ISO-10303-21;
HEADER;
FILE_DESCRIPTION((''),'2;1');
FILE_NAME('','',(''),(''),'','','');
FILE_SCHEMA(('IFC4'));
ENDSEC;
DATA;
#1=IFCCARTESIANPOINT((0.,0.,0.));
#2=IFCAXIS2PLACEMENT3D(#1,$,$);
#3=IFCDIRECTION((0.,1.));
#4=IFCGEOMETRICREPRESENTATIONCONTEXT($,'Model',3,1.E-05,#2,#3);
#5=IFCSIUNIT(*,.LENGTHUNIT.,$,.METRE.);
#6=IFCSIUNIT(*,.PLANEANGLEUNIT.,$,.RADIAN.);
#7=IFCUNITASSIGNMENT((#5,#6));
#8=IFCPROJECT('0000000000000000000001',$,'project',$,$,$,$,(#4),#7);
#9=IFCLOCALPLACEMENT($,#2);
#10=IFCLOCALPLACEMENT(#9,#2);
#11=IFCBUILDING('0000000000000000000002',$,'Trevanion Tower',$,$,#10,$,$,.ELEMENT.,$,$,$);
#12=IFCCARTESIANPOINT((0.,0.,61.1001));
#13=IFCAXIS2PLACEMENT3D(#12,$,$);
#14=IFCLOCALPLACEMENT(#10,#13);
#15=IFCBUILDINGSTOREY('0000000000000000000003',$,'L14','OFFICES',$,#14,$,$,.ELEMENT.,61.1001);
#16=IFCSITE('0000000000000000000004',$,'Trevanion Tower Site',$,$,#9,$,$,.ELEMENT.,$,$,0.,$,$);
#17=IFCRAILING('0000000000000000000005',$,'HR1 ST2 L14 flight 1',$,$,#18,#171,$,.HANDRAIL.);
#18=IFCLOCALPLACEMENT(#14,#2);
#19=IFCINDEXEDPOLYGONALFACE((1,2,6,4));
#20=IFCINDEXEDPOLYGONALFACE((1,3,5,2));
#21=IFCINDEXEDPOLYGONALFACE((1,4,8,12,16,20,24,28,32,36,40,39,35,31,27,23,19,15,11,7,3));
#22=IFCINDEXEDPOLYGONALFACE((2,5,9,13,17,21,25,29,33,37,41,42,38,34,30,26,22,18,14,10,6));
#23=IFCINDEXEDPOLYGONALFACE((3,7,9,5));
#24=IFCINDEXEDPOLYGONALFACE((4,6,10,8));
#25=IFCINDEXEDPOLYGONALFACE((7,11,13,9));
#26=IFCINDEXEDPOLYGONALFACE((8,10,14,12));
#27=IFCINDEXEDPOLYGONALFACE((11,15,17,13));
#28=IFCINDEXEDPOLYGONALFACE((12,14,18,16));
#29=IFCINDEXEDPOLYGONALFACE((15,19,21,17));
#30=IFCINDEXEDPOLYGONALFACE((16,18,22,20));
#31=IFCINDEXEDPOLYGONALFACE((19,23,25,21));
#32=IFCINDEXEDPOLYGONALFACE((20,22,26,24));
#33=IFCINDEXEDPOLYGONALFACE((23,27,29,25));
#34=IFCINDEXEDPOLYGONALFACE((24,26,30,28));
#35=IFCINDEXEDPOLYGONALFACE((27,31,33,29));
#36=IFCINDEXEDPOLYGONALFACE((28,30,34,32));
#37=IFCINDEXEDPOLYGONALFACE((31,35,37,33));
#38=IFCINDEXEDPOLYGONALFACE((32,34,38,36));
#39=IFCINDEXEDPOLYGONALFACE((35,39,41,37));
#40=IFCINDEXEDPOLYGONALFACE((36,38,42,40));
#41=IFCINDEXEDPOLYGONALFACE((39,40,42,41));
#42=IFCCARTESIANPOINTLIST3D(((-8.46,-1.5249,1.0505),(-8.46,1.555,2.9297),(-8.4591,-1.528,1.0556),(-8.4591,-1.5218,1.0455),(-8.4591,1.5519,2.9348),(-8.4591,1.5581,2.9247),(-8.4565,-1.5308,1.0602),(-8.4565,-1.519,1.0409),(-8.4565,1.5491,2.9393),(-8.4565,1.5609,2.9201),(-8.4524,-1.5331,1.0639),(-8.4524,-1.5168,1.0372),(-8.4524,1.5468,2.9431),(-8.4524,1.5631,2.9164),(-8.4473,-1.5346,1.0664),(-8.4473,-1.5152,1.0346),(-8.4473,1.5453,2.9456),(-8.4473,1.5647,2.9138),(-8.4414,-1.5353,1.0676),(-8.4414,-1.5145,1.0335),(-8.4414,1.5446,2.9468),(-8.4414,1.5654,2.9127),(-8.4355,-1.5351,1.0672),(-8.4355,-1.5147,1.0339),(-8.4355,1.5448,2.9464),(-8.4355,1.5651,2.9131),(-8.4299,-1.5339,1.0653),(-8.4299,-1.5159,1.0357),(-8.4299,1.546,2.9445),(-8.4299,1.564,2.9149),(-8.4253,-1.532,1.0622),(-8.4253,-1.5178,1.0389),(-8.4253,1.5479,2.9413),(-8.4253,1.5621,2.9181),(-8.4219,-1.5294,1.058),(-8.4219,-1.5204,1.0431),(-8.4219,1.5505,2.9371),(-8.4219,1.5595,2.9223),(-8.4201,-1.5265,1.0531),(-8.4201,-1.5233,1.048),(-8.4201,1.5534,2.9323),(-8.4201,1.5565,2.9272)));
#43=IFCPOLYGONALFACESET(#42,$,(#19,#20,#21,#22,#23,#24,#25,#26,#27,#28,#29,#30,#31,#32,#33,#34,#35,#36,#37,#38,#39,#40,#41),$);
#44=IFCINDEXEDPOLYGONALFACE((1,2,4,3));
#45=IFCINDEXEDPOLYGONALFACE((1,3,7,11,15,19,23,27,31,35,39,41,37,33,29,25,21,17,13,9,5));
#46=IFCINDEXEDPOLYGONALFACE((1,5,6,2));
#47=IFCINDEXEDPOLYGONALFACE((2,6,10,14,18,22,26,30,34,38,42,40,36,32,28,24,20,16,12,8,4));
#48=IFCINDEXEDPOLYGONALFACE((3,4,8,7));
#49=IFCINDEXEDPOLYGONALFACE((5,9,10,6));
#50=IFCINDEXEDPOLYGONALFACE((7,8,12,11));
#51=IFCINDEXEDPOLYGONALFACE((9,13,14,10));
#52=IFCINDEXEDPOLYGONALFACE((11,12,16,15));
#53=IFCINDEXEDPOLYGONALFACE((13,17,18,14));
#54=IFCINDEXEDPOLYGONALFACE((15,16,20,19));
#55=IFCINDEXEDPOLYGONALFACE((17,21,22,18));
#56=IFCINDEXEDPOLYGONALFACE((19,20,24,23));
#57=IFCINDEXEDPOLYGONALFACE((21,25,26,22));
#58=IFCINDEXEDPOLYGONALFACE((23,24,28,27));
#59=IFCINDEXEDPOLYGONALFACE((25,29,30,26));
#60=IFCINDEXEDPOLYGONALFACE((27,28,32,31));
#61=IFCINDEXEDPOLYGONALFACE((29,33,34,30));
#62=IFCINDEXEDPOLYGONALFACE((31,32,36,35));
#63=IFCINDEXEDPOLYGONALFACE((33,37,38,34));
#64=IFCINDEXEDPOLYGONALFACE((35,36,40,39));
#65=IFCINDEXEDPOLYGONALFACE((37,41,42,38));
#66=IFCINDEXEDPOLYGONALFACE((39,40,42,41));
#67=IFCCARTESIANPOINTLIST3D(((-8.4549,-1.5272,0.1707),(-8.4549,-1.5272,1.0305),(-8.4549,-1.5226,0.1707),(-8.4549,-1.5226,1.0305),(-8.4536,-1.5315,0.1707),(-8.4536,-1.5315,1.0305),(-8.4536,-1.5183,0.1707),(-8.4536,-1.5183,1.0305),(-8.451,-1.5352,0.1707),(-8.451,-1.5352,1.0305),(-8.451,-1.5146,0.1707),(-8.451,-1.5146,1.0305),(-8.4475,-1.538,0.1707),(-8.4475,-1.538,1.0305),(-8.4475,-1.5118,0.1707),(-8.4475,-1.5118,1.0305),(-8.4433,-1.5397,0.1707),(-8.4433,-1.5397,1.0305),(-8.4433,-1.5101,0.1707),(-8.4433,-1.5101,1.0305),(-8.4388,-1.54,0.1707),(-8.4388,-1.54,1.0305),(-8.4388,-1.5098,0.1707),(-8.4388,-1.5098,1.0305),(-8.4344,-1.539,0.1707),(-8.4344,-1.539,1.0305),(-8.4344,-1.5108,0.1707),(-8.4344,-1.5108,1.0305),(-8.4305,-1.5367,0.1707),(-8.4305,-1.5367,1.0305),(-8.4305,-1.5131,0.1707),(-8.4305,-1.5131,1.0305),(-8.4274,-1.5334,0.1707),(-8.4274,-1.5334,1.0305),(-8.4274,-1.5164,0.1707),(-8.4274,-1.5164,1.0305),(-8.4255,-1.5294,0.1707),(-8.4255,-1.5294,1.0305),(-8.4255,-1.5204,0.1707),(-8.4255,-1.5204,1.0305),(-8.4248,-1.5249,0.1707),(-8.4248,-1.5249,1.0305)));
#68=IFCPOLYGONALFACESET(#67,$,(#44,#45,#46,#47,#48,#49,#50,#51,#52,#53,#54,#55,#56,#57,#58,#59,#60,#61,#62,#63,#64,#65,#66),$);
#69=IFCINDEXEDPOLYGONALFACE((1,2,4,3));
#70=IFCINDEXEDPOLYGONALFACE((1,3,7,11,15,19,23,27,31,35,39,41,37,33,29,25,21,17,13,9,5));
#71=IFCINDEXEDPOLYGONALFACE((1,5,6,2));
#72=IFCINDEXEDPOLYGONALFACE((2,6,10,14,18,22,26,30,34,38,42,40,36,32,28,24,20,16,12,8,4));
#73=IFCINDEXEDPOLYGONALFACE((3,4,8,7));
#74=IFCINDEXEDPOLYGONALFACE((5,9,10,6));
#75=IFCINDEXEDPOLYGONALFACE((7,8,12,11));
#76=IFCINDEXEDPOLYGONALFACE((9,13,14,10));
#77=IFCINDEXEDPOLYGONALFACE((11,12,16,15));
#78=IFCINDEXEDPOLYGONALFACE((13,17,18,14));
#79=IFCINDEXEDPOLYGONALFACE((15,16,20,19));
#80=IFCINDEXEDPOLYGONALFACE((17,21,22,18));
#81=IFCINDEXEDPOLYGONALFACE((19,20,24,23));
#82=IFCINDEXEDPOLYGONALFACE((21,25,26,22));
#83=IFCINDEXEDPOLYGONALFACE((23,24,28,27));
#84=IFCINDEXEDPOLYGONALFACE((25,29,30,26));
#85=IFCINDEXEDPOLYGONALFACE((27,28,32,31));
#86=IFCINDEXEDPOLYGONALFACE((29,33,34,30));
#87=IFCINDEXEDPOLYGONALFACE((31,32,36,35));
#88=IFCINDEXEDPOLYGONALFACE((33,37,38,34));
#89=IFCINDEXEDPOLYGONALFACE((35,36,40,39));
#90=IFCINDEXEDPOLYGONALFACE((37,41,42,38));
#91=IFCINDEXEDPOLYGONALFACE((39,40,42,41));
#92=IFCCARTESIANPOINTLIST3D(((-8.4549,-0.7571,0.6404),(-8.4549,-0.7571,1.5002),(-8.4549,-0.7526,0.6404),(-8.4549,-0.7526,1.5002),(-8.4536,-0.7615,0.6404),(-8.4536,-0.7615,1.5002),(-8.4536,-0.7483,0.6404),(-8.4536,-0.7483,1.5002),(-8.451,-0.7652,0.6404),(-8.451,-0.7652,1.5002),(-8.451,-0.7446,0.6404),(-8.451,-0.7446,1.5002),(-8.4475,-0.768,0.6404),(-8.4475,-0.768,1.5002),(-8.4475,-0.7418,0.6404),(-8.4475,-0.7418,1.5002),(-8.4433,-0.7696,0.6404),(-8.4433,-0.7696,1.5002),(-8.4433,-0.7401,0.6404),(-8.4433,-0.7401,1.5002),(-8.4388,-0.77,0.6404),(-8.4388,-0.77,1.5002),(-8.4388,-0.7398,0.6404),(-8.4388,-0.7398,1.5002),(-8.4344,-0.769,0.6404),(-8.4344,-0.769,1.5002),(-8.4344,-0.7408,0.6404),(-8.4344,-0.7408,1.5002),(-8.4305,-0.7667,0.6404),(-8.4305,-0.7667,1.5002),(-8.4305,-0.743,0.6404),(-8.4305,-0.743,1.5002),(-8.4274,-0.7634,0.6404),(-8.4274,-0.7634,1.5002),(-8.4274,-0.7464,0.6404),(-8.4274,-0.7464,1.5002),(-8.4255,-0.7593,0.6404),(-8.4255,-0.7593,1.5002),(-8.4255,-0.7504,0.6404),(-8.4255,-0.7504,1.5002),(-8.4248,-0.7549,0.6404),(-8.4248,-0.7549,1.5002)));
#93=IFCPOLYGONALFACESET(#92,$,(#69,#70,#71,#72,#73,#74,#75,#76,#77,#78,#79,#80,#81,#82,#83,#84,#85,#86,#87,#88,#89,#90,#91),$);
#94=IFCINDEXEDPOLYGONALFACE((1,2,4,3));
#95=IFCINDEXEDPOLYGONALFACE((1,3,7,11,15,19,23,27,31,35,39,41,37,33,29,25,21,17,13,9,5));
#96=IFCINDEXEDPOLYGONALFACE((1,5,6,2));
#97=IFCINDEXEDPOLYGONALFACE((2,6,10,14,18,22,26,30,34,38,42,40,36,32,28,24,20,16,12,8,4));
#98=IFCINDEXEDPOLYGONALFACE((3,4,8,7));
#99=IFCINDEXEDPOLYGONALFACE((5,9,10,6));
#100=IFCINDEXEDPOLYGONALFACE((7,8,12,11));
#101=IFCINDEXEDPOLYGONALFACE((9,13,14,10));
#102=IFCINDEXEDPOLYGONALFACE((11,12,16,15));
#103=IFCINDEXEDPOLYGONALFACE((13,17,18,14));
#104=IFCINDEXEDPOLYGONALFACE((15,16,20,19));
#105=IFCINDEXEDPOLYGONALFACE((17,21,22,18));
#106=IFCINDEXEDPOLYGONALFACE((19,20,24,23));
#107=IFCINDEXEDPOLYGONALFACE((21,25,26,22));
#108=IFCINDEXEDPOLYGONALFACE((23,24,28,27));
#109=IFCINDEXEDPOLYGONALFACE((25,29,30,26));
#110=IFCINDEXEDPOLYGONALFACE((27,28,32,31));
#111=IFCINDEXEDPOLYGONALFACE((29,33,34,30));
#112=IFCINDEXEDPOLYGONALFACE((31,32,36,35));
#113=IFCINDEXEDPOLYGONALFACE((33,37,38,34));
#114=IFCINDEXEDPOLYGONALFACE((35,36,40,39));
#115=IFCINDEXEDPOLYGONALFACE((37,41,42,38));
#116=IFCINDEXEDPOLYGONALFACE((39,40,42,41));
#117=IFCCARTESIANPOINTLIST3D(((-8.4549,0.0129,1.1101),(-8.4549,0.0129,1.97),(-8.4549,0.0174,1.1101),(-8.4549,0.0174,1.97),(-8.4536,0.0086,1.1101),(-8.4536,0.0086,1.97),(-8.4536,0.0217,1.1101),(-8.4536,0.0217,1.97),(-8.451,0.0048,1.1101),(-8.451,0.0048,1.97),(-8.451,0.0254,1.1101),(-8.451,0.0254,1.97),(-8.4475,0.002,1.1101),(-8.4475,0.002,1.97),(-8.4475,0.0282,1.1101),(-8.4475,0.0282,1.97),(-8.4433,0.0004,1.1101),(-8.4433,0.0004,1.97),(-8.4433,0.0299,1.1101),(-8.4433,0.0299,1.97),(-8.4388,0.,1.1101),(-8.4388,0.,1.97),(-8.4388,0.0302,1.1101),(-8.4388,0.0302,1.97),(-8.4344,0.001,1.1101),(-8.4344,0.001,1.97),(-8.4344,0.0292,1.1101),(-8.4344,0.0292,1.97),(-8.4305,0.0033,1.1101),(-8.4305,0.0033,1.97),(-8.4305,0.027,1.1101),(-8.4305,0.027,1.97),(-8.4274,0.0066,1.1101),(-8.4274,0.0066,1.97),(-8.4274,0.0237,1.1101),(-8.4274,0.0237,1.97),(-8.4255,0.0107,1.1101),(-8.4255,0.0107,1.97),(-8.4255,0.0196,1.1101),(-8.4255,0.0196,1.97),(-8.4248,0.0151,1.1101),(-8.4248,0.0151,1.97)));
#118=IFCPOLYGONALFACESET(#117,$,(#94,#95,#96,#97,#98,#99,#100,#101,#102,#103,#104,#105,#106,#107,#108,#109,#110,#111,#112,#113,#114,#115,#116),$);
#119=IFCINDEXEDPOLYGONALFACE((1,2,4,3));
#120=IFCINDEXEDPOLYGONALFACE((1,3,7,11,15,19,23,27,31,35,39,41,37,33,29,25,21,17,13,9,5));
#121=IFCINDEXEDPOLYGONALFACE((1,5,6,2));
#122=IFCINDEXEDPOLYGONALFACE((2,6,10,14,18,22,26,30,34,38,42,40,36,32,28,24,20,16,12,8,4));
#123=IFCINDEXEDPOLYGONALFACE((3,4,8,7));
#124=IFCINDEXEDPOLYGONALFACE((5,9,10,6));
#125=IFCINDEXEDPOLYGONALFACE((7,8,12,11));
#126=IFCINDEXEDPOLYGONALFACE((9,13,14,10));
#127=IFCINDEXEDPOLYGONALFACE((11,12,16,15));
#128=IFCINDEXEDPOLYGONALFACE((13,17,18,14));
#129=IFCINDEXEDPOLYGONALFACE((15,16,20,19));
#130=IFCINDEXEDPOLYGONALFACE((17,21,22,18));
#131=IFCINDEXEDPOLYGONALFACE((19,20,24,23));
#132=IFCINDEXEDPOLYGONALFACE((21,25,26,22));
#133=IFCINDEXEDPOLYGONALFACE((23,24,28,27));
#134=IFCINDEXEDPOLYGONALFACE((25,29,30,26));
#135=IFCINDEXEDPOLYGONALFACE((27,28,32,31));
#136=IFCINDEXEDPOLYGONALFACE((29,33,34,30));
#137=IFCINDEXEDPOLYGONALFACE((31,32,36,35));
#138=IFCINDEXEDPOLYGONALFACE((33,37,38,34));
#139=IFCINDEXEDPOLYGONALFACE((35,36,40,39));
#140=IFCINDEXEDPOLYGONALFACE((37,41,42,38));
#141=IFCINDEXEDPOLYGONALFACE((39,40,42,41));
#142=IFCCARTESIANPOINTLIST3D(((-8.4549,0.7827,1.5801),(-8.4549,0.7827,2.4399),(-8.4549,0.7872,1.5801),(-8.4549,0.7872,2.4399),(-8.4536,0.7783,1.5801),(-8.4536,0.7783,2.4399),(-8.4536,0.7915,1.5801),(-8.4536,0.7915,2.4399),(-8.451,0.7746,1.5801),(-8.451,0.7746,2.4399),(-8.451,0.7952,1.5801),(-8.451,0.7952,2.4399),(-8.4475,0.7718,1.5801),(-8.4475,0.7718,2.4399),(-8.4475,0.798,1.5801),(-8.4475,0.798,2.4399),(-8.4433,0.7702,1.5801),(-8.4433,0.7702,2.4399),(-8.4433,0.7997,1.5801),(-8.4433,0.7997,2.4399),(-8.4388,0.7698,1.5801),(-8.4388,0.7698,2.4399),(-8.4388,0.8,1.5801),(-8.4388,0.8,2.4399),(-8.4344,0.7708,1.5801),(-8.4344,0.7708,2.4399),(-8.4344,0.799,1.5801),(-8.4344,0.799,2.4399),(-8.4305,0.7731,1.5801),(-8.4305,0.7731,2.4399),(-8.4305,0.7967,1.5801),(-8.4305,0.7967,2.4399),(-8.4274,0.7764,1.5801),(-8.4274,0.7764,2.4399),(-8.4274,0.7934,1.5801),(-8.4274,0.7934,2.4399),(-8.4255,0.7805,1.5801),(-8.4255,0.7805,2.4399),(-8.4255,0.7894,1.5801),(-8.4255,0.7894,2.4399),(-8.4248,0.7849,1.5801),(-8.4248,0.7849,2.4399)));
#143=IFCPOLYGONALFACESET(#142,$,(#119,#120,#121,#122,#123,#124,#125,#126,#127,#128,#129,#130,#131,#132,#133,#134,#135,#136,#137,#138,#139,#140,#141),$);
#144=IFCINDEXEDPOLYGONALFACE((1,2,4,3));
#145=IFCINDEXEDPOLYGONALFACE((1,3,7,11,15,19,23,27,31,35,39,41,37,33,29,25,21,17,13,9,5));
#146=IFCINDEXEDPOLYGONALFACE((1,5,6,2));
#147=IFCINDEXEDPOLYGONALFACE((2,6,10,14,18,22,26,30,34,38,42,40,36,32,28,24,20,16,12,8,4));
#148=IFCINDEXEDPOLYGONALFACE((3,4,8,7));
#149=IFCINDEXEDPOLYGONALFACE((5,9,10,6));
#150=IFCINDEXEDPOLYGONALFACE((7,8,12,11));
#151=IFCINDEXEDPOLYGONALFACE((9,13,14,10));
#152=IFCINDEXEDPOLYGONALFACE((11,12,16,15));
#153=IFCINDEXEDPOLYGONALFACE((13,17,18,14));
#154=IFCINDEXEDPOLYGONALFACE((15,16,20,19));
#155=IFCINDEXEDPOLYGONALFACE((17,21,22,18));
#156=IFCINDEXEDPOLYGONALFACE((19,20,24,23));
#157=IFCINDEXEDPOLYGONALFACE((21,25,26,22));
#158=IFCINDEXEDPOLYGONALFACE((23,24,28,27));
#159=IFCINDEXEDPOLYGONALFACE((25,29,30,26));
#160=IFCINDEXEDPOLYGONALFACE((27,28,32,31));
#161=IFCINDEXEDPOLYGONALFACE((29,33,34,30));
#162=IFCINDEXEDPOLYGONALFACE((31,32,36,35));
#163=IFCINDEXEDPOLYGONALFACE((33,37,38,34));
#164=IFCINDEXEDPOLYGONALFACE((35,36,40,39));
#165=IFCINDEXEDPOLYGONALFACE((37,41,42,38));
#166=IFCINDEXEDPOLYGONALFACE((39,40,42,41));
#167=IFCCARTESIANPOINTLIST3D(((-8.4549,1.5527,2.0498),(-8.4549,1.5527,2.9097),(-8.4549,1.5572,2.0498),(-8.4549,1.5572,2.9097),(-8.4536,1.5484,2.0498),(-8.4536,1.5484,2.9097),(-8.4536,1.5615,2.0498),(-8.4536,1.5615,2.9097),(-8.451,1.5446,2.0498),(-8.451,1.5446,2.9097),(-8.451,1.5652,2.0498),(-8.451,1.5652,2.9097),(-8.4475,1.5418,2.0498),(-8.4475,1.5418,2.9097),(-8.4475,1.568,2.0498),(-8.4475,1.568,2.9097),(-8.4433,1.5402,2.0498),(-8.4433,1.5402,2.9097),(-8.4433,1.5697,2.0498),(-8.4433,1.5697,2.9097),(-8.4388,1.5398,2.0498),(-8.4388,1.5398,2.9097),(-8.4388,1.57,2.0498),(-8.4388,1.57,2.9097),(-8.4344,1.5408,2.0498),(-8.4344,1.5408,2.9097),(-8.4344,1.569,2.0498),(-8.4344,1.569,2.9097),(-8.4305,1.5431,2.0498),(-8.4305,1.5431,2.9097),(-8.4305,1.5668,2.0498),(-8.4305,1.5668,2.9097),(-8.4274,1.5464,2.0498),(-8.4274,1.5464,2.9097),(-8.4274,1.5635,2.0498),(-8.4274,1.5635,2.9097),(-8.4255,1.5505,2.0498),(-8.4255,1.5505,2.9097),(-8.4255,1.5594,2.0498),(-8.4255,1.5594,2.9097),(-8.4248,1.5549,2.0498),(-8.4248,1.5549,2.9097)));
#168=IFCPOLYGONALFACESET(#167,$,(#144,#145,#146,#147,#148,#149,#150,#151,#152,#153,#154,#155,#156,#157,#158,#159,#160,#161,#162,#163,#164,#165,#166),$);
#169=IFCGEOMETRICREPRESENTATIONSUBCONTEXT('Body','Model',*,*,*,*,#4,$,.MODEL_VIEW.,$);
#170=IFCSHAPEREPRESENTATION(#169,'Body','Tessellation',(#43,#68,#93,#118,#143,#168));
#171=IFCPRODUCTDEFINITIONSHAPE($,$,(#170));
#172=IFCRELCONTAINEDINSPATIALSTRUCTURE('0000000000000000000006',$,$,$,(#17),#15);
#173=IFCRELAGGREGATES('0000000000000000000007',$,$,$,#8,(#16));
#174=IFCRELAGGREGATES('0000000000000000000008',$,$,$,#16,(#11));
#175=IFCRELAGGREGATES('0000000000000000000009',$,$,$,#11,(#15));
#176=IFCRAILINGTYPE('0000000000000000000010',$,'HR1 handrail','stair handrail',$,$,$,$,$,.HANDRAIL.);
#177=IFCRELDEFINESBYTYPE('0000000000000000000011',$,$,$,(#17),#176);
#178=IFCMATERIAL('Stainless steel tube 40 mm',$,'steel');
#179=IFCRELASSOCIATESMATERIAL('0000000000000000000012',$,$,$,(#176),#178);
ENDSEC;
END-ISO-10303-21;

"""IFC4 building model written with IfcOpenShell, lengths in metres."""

from ifc_helpers import new_model, si_unit, direction, frame, origin, origin_2d, place, context, subcontext, project, spatial, circle, extrude, material, type_object, element, save


model = new_model("IFC4")

# Units and contexts
model_context = context("Model", 3, precision=1e-05, world=origin(), true_north=direction((0.0, 1.0)))
body_context = subcontext(model_context, "Body", "Model", "MODEL_VIEW")
ifc_project = project(units=[si_unit("LENGTHUNIT", "METRE"), si_unit("PLANEANGLEUNIT", "RADIAN")], contexts=[model_context])

# Site, building, storey
site_placement = place(None, origin())
site = spatial("IfcSite", under=ifc_project, at=site_placement, Name="Trevanion Tower Site", CompositionType="ELEMENT", RefElevation=0.0)
building_placement = place(site_placement, origin())
building = spatial("IfcBuilding", under=site, at=building_placement, Name="Trevanion Tower", CompositionType="ELEMENT")
storey_placement = place(building_placement, frame((0.0, 0.0, 61.1001)))
storey = spatial("IfcBuildingStorey", under=building, at=storey_placement, Name="L14", Description="OFFICES", CompositionType="ELEMENT", Elevation=61.1001)

# Railing
ifc_material_1 = material(Name="Stainless steel tube 40 mm", Category="steel")
railing_type = type_object("IfcRailingType", Name="HR1 handrail", Description="stair handrail", PredefinedType="HANDRAIL", material=ifc_material_1)
for number, where, name in (
    (1, (-8.4399, -1.5249, 0.1707), "HR1 ST2 L14 flight 1"),
):
    element("IfcRailing", number, at=place(storey_placement, frame(where)), inside=storey, type_object=railing_type, Name=name, PredefinedType="HANDRAIL", context=body_context, shape_type="SweptSolid", body=[
        extrude(circle(Radius=0.02, at=origin_2d()), frame((0.0, 0.0, 0.8799), z_axis=(0.0, 0.853648, 0.52085), x_axis=(-1.0, 0.0, 0.0)), (0.0, 0.0, 1.0), 3.6079),
        extrude(circle(Radius=0.0151, at=origin_2d()), origin(), (0.0, 0.0, 1.0), 0.8599),
        extrude(circle(Radius=0.0151, at=origin_2d()), frame((0.0, 0.77, 0.4697)), (0.0, 0.0, 1.0), 0.8599),
        extrude(circle(Radius=0.0151, at=origin_2d()), frame((0.0, 1.54, 0.9395)), (0.0, 0.0, 1.0), 0.8599),
        extrude(circle(Radius=0.0151, at=origin_2d()), frame((0.0, 2.3098, 1.4094)), (0.0, 0.0, 1.0), 0.8599),
        extrude(circle(Radius=0.0151, at=origin_2d()), frame((0.0, 3.0798, 1.8792)), (0.0, 0.0, 1.0), 0.8599),
    ])

save(model, "model.ifc")
